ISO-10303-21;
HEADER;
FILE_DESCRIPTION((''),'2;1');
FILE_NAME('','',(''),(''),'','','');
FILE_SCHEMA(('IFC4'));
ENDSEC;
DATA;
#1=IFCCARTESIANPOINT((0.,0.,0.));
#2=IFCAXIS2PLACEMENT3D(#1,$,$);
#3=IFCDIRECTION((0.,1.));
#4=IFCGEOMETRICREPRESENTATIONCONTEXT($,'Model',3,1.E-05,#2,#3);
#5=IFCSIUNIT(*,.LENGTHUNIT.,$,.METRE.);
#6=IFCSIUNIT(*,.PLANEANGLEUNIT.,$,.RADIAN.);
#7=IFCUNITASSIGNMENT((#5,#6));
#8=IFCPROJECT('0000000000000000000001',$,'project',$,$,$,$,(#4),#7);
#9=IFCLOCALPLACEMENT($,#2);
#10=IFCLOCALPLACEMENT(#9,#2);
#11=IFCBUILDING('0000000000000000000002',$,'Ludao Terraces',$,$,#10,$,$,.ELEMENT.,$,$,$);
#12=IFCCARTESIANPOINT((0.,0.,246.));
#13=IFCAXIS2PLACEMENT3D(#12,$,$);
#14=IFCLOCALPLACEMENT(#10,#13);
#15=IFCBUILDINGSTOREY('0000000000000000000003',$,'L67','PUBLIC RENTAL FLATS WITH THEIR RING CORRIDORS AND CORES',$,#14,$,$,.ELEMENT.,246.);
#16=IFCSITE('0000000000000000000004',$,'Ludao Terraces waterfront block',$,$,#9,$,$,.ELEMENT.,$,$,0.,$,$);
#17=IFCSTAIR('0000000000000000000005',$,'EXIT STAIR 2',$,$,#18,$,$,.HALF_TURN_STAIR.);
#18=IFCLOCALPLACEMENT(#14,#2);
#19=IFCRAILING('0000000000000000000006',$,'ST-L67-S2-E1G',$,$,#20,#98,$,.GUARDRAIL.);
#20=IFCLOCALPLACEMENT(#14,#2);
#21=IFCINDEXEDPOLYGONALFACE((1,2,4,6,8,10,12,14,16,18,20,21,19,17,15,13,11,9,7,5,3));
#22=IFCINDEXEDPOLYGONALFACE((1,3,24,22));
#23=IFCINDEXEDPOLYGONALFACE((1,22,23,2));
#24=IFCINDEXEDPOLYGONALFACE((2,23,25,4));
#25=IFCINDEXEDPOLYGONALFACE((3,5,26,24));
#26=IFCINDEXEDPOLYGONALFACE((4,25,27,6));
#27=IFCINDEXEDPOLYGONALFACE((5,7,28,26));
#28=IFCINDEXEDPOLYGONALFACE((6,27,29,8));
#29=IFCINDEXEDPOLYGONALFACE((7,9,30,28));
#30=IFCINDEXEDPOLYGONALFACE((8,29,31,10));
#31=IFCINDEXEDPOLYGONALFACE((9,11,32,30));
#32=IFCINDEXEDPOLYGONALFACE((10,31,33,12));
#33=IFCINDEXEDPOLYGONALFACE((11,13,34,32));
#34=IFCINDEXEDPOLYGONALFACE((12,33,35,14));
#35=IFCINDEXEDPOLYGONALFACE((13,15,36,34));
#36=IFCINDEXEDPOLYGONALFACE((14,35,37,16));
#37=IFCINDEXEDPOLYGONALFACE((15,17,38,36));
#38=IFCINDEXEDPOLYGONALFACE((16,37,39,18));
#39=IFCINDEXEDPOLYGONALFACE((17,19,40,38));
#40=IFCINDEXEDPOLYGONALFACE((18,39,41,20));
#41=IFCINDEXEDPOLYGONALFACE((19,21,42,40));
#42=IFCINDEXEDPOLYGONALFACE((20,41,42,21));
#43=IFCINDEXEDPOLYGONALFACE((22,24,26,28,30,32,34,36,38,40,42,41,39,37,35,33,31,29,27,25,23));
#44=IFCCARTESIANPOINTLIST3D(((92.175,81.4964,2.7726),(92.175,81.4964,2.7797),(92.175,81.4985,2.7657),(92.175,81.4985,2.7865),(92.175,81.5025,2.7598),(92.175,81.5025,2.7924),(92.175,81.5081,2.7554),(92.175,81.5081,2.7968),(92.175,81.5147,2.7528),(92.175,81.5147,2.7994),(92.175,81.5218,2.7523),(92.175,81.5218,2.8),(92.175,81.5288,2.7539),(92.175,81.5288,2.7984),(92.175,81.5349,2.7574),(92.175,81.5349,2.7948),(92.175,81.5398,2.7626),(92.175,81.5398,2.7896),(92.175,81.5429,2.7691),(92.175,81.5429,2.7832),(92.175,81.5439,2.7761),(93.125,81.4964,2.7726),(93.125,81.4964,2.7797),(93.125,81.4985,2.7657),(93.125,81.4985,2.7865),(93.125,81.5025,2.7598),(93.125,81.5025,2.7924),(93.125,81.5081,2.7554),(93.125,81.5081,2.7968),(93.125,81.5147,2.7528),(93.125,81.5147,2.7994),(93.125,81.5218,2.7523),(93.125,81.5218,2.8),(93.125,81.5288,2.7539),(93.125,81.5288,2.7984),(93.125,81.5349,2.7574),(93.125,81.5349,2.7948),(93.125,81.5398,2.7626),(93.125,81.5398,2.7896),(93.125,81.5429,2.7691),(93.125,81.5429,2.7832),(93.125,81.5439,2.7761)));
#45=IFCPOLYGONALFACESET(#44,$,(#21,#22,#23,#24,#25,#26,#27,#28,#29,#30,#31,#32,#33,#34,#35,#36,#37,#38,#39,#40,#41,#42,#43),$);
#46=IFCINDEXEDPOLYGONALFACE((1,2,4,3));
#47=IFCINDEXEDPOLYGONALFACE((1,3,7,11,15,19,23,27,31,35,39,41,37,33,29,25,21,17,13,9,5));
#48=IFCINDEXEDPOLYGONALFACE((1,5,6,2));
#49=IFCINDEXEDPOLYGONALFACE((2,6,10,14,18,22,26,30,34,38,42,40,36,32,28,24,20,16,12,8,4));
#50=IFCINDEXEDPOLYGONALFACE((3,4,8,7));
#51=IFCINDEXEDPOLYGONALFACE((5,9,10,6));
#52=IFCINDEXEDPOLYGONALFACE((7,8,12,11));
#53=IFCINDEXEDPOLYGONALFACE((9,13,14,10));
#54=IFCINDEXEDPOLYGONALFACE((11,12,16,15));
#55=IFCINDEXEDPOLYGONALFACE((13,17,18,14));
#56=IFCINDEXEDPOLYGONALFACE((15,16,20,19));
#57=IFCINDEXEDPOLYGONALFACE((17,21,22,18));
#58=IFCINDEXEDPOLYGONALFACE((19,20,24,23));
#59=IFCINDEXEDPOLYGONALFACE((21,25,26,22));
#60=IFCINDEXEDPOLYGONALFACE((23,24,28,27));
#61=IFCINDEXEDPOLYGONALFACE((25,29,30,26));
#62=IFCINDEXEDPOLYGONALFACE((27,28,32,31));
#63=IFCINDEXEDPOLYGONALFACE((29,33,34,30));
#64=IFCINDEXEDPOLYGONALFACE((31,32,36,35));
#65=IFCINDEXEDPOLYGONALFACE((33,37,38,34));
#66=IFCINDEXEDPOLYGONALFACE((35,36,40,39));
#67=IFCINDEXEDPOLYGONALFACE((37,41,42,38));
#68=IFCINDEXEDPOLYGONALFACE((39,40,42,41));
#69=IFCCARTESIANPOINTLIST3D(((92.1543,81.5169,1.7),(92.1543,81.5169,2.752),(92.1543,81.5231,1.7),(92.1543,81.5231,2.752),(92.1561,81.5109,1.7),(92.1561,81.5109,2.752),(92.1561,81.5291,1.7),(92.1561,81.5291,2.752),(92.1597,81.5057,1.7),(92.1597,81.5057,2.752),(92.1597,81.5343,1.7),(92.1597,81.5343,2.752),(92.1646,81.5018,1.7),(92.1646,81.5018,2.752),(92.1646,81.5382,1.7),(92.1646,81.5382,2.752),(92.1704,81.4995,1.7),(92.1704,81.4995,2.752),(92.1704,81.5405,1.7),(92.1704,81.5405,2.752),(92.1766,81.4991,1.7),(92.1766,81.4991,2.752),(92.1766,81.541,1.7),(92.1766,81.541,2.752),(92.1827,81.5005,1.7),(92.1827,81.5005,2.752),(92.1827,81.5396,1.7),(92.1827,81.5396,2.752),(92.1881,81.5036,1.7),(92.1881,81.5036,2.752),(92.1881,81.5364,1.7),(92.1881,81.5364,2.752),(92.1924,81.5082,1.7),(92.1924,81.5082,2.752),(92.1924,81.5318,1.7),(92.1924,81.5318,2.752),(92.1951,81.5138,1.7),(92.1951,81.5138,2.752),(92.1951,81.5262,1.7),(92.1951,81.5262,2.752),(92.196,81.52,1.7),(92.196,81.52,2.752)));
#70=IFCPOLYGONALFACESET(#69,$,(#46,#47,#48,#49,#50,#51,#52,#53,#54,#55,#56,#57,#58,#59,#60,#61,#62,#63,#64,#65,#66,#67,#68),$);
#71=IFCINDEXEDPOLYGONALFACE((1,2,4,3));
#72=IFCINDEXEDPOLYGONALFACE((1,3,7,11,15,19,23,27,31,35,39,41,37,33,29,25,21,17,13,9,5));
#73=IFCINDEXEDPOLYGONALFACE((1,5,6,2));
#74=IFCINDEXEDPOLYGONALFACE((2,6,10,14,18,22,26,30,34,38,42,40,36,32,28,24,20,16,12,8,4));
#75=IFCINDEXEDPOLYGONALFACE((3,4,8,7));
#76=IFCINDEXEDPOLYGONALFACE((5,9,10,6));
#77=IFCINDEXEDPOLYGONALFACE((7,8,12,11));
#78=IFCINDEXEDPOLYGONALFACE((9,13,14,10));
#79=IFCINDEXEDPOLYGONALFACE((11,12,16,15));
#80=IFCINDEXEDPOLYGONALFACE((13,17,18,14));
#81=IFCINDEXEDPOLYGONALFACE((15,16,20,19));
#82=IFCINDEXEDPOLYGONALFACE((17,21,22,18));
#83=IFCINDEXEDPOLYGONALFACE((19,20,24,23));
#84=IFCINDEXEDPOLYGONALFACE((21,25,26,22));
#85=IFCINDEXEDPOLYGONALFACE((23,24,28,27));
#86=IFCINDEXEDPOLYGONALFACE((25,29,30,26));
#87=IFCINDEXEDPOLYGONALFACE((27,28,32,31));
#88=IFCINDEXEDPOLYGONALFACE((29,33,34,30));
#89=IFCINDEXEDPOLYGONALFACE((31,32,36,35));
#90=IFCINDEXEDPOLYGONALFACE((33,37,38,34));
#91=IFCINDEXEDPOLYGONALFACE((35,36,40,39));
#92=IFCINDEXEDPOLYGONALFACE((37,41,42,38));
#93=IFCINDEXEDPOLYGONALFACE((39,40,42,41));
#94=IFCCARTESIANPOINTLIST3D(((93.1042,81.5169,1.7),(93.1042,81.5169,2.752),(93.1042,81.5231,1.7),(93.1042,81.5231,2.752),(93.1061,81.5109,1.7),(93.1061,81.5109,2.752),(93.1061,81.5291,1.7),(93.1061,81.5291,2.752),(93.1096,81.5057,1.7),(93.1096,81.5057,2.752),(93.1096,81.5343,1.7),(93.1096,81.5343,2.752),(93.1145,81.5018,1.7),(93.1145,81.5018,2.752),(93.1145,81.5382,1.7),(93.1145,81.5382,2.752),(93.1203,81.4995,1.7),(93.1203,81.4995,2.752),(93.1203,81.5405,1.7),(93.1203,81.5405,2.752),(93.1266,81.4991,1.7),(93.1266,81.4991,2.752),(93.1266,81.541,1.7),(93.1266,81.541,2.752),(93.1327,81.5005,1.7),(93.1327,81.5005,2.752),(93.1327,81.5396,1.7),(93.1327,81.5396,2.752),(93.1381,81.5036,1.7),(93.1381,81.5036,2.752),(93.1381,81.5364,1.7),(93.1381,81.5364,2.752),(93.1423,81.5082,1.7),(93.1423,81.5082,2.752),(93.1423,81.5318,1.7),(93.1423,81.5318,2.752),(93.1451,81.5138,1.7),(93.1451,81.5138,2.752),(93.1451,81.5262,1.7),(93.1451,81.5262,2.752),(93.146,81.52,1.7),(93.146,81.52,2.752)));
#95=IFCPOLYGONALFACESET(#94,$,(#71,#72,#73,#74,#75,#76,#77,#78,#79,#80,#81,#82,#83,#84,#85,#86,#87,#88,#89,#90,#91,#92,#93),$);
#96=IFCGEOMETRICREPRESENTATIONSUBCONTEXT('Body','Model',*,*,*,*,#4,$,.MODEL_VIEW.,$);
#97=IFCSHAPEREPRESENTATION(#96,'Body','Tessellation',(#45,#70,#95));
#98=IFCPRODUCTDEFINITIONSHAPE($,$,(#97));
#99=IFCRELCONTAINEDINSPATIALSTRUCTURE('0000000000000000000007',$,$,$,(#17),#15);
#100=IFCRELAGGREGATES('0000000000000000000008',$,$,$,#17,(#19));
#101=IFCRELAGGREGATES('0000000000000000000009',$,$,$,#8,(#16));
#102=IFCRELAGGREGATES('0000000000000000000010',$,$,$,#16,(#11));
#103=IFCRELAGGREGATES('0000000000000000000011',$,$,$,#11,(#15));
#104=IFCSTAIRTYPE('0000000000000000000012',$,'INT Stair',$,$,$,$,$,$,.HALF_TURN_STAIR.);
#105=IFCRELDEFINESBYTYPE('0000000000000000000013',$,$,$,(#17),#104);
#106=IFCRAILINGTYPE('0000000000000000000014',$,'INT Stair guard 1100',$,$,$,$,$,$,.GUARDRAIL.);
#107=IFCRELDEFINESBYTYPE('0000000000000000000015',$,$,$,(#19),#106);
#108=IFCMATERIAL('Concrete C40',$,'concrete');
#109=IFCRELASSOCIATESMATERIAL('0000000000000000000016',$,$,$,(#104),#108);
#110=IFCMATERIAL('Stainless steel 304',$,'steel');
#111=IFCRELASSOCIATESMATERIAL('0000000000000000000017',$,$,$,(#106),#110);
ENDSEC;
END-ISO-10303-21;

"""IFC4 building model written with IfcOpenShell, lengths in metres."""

from ifc_helpers import new_model, si_unit, direction, frame, origin, origin_2d, place, context, subcontext, project, spatial, circle, extrude, material, type_object, element, aggregate, save


model = new_model("IFC4")

# Units and contexts
model_context = context("Model", 3, precision=1e-05, world=origin(), true_north=direction((0.0, 1.0)))
body_context = subcontext(model_context, "Body", "Model", "MODEL_VIEW")
ifc_project = project(units=[si_unit("LENGTHUNIT", "METRE"), si_unit("PLANEANGLEUNIT", "RADIAN")], contexts=[model_context])

# Site, building, storey
site_placement = place(None, origin())
site = spatial("IfcSite", under=ifc_project, at=site_placement, Name="Ludao Terraces waterfront block", CompositionType="ELEMENT", RefElevation=0.0)
building_placement = place(site_placement, origin())
building = spatial("IfcBuilding", under=site, at=building_placement, Name="Ludao Terraces", CompositionType="ELEMENT")
storey_placement = place(building_placement, frame((0.0, 0.0, 246.0)))
storey = spatial("IfcBuildingStorey", under=building, at=storey_placement, Name="L67", Description="PUBLIC RENTAL FLATS WITH THEIR RING CORRIDORS AND CORES", CompositionType="ELEMENT", Elevation=246.0)

# Shared definitions
ifc_material_1 = material(Name="Stainless steel 304", Category="steel")

# Stair, railing
ifc_material_2 = material(Name="Concrete C40", Category="concrete")
stair_type = type_object("IfcStairType", Name="INT Stair", PredefinedType="HALF_TURN_STAIR", material=ifc_material_2)
stair_placement = place(storey_placement, origin())
stair = element("IfcStair", 1, at=stair_placement, inside=storey, type_object=stair_type, Name="EXIT STAIR 2", PredefinedType="HALF_TURN_STAIR")
railing_type = type_object("IfcRailingType", Name="INT Stair guard 1100", PredefinedType="GUARDRAIL", material=ifc_material_1)
railing_1_placement = place(storey_placement, frame((92.175, 81.52, 1.7)))
railing_1 = element("IfcRailing", 2, at=railing_1_placement, type_object=railing_type, Name="ST-L67-S2-E1G", PredefinedType="GUARDRAIL", context=body_context, shape_type="SweptSolid", body=[
    extrude(circle(Radius=0.0239, at=origin_2d()), frame((0.0, 0.0, 1.0762), z_axis=(1.0, 0.0, 0.0), x_axis=(0.0, 1.0, 0.0)), (0.0, 0.0, 1.0), 0.95),
    extrude(circle(Radius=0.021, at=origin_2d()), origin(), (0.0, 0.0, 1.0), 1.052),
    extrude(circle(Radius=0.021, at=origin_2d()), frame((0.95, 0.0, 0.0)), (0.0, 0.0, 1.0), 1.052),
])
aggregate(stair, [railing_1])

save(model, "model.ifc")
